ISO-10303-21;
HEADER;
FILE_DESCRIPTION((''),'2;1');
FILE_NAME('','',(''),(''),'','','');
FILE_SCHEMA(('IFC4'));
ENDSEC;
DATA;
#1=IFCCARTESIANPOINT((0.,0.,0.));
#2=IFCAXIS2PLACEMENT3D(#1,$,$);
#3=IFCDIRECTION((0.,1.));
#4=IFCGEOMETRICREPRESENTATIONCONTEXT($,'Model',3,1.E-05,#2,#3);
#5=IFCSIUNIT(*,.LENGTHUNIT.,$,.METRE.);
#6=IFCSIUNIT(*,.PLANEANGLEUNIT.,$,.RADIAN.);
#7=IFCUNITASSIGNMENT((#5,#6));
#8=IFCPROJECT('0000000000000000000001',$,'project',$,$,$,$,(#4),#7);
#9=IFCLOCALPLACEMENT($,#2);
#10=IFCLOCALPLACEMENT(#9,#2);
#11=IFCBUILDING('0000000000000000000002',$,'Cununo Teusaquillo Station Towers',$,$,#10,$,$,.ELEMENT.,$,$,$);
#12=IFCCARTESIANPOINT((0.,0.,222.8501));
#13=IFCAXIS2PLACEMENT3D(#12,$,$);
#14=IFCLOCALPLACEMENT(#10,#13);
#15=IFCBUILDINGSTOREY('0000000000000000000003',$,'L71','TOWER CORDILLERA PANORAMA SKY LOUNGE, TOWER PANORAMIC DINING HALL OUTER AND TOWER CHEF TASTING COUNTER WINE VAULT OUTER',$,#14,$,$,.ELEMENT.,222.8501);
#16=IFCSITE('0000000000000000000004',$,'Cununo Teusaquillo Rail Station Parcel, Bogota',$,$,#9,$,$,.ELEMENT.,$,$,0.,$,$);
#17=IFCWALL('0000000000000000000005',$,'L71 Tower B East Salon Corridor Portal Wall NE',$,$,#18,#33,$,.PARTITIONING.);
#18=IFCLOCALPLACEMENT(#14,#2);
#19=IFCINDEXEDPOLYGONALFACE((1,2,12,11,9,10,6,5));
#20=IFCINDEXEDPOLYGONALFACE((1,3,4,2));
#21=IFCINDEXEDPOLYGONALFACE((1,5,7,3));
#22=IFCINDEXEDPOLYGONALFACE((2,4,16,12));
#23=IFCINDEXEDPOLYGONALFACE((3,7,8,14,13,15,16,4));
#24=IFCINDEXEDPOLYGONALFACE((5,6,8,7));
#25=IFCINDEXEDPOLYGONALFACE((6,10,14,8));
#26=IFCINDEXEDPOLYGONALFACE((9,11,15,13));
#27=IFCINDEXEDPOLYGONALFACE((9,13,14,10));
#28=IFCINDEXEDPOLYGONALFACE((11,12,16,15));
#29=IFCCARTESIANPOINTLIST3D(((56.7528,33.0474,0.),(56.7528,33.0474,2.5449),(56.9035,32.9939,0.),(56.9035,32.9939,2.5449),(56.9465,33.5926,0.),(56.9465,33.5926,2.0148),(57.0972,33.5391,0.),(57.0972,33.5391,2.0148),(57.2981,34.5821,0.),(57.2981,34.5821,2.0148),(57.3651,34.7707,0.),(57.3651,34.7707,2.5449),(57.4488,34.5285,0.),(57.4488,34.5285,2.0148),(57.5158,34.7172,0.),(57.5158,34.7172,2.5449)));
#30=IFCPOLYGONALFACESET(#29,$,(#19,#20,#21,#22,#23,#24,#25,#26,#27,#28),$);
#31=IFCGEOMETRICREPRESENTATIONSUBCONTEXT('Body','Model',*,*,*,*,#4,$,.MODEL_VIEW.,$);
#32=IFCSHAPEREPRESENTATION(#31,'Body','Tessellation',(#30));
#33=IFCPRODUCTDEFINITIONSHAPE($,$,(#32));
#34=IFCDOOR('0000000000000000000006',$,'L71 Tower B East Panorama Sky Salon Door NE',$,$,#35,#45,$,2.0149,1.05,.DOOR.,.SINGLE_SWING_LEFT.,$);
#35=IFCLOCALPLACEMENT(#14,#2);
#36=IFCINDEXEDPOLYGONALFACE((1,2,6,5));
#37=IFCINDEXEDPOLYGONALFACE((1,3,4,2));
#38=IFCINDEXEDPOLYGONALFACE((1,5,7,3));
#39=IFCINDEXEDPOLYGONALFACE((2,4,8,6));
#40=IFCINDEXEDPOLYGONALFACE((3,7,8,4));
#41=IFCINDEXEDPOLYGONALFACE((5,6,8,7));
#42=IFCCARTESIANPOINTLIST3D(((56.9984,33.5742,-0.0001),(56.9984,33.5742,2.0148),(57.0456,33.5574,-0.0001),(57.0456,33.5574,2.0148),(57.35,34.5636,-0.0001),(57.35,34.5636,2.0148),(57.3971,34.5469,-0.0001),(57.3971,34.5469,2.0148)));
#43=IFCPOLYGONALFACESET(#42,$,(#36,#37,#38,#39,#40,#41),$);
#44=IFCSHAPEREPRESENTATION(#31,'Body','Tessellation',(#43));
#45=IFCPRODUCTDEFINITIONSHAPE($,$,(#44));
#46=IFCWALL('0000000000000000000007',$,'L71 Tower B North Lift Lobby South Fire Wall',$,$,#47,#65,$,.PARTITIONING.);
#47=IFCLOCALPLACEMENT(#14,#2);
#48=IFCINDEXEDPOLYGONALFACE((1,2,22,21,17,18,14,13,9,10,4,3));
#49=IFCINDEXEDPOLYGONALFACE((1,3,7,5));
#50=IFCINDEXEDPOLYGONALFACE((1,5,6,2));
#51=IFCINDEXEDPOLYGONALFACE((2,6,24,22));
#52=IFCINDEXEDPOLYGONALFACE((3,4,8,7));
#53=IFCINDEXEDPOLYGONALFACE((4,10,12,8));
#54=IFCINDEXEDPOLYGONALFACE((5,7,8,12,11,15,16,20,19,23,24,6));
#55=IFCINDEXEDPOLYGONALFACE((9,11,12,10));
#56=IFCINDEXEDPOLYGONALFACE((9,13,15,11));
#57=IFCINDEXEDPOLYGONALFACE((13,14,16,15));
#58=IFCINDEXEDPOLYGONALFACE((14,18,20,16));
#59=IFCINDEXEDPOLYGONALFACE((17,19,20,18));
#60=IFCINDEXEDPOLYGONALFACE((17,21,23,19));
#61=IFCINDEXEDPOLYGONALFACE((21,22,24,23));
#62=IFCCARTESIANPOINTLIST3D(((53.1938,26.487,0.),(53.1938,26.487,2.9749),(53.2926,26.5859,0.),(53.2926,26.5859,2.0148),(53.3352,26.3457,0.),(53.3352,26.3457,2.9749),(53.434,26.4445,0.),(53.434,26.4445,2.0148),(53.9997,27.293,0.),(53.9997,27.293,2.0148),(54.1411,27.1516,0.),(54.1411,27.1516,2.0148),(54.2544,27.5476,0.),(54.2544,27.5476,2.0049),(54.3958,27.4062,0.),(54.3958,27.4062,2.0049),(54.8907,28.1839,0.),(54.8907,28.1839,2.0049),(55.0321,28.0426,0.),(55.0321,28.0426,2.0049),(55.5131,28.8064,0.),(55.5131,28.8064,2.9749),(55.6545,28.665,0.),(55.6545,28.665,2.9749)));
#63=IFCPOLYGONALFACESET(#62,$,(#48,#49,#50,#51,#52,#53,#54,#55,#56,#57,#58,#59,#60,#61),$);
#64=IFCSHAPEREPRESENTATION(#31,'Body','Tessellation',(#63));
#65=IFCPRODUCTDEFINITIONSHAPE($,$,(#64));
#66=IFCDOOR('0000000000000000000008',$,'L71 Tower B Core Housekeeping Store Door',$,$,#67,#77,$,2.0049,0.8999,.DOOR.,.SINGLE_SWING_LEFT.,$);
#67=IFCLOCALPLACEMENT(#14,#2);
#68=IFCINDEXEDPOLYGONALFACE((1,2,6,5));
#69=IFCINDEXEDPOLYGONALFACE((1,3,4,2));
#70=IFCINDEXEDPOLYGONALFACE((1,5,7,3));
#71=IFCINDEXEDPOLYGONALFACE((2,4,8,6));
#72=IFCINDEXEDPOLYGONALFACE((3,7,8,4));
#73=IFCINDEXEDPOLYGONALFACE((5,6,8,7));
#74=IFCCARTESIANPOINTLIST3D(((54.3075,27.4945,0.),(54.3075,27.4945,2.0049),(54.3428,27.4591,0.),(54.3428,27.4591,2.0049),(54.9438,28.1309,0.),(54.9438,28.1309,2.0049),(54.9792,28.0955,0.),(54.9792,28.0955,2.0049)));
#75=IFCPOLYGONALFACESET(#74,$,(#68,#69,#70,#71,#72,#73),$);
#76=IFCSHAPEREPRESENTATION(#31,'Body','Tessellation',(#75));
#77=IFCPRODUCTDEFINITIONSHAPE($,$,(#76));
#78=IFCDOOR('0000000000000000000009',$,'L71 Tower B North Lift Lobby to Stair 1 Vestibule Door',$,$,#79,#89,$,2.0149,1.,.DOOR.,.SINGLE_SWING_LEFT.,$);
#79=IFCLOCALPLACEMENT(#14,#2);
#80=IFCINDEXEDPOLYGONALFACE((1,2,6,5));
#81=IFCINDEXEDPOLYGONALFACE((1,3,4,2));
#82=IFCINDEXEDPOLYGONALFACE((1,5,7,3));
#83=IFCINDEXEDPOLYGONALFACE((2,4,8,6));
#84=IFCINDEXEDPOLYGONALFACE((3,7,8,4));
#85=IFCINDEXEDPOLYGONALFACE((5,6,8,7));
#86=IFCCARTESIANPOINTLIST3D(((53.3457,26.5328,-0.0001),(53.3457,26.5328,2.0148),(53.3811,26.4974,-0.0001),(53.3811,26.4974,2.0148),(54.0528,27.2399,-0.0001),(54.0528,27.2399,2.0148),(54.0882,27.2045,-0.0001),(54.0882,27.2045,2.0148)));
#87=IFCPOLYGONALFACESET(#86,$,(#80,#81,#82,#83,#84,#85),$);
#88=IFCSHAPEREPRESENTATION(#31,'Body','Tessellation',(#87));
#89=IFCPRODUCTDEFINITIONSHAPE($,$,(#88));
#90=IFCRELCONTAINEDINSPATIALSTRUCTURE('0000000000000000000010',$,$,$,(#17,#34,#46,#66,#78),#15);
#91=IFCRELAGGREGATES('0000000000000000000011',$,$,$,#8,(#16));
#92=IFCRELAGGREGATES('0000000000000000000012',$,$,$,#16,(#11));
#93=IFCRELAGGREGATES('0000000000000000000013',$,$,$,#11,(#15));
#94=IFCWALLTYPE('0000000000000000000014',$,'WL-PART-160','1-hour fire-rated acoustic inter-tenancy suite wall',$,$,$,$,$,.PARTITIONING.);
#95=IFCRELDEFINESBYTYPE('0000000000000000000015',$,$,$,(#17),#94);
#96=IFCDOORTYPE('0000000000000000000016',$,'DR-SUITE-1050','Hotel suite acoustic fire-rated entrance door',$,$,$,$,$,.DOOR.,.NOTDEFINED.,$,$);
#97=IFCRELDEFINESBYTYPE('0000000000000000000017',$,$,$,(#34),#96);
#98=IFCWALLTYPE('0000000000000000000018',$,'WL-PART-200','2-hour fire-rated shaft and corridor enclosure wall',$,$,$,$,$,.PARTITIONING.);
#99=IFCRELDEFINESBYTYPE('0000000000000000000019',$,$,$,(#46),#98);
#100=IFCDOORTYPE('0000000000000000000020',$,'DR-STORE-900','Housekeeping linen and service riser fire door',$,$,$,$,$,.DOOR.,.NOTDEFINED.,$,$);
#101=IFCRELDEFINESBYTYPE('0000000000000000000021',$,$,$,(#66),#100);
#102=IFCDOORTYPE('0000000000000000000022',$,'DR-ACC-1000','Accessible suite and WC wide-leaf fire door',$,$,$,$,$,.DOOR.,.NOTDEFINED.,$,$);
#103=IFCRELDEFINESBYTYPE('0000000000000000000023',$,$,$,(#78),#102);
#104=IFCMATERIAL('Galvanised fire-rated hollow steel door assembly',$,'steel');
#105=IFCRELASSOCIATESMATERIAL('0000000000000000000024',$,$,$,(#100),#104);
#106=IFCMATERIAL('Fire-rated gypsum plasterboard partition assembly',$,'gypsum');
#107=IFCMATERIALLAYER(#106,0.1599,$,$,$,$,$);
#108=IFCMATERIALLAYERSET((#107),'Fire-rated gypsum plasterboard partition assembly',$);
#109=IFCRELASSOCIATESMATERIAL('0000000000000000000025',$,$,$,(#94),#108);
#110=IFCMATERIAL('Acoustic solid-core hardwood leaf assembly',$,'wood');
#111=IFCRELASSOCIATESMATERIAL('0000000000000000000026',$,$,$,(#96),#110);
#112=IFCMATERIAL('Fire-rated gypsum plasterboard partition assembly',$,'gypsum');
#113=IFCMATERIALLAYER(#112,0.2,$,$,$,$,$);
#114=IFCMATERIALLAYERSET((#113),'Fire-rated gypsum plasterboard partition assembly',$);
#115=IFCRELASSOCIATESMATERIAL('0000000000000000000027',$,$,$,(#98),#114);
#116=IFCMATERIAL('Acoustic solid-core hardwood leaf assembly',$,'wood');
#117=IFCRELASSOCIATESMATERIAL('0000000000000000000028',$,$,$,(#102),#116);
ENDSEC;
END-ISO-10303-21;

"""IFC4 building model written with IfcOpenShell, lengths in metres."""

from ifc_helpers import new_model, si_unit, direction, frame, frame_2d, origin, place, context, subcontext, project, spatial, rectangle, extrude, source, transform, mapped, material, layer, layer_set, type_object, element, fill, save


model = new_model("IFC4")

# Units and contexts
model_context = context("Model", 3, precision=1e-05, world=origin(), true_north=direction((0.0, 1.0)))
body_context = subcontext(model_context, "Body", "Model", "MODEL_VIEW")
ifc_project = project(units=[si_unit("LENGTHUNIT", "METRE"), si_unit("PLANEANGLEUNIT", "RADIAN")], contexts=[model_context])

# Site, building, storey
site_placement = place(None, origin())
site = spatial("IfcSite", under=ifc_project, at=site_placement, Name="Cununo Teusaquillo Rail Station Parcel, Bogota", CompositionType="ELEMENT", RefElevation=0.0)
building_placement = place(site_placement, origin())
building = spatial("IfcBuilding", under=site, at=building_placement, Name="Cununo Teusaquillo Station Towers", CompositionType="ELEMENT")
storey_placement = place(building_placement, frame((0.0, 0.0, 222.8501)))
storey = spatial("IfcBuildingStorey", under=building, at=storey_placement, Name="L71", Description="TOWER CORDILLERA PANORAMA SKY LOUNGE, TOWER PANORAMIC DINING HALL OUTER AND TOWER CHEF TASTING COUNTER WINE VAULT OUTER", CompositionType="ELEMENT", Elevation=222.8501)

# Shared definitions
ifc_material_1 = material(Name="Galvanised fire-rated hollow steel door assembly", Category="steel")
door_type_1 = type_object("IfcDoorType", Name="DR-STORE-900", Description="Housekeeping linen and service riser fire door", OperationType="NOTDEFINED", PredefinedType="DOOR", material=ifc_material_1)
shared_shape_1 = source(origin(), body_context, "Body", "SweptSolid", [
    extrude(rectangle(XDim=0.8999, YDim=2.0049, at=frame_2d((0.45, 1.0024))), frame((0.0, 0.0249, 0.0), z_axis=(0.0, -1.0, 0.0), x_axis=(1.0, 0.0, 0.0)), (0.0, 0.0, 1.0), 0.05),
])

# Shared definitions
ifc_material_2 = material(Name="Fire-rated gypsum plasterboard partition assembly", Category="gypsum")
ifc_layer_1 = layer(ifc_material_2, 0.1599)
ifc_layer_set_1 = layer_set([ifc_layer_1], Name="Fire-rated gypsum plasterboard partition assembly")
wall_type_1 = type_object("IfcWallType", Name="WL-PART-160", Description="1-hour fire-rated acoustic inter-tenancy suite wall", PredefinedType="PARTITIONING", material=ifc_layer_set_1)

# Wall, opening, door
wall_1_placement = place(storey_placement, frame((56.8281, 33.0205, 0.0), z_axis=(0.0, 0.0, 1.0), x_axis=(0.334788, 0.942293, 0.0)))
wall_1 = element("IfcWall", 1, at=wall_1_placement, inside=storey, type_object=wall_type_1, Name="L71 Tower B East Salon Corridor Portal Wall NE", PredefinedType="PARTITIONING", context=body_context, shape_type="SweptSolid", body=[
    extrude(rectangle(XDim=1.8289, YDim=0.1599, at=frame_2d((0.9146, 0.0))), origin(), (0.0, 0.0, 1.0), 2.5449),
])
shared_shape_2 = source(origin(), body_context, "Body", "SweptSolid", [
    extrude(rectangle(XDim=1.05, YDim=2.0149, at=frame_2d((0.5249, 1.0073))), frame((0.0, 0.0898, 0.0), z_axis=(0.0, -1.0, 0.0), x_axis=(1.0, 0.0, 0.0)), (0.0, 0.0, 1.0), 0.1799),
])
opening_1_placement = place(wall_1_placement, frame((0.5789, 0.0, 0.0)))
opening_1 = element("IfcOpeningElement", 2, at=opening_1_placement, cuts=wall_1, PredefinedType="OPENING", context=body_context, shape_type="MappedRepresentation", body=[
    mapped(shared_shape_2, transform((0.0, 0.0, 0.0), x_axis=(1.0, 0.0, 0.0), y_axis=(0.0, 1.0, 0.0), z_axis=(0.0, 0.0, 1.0), scale=1.0)),
])
ifc_material_3 = material(Name="Acoustic solid-core hardwood leaf assembly", Category="wood")
door_type_2 = type_object("IfcDoorType", Name="DR-SUITE-1050", Description="Hotel suite acoustic fire-rated entrance door", OperationType="NOTDEFINED", PredefinedType="DOOR", material=ifc_material_3)
shared_shape_3 = source(origin(), body_context, "Body", "SweptSolid", [
    extrude(rectangle(XDim=1.05, YDim=2.0149, at=frame_2d((0.5249, 1.0073))), frame((0.0, 0.0249, 0.0), z_axis=(0.0, -1.0, 0.0), x_axis=(1.0, 0.0, 0.0)), (0.0, 0.0, 1.0), 0.05),
])
door_1_placement = place(opening_1_placement, origin())
door_1 = element("IfcDoor", 3, at=door_1_placement, inside=storey, type_object=door_type_2, Name="L71 Tower B East Panorama Sky Salon Door NE", OperationType="SINGLE_SWING_LEFT", OverallHeight=2.0149, OverallWidth=1.05, PredefinedType="DOOR", context=body_context, shape_type="MappedRepresentation", body=[
    mapped(shared_shape_3, transform((0.0, 0.0, 0.0), x_axis=(1.0, 0.0, 0.0), y_axis=(0.0, 1.0, 0.0), z_axis=(0.0, 0.0, 1.0), scale=1.0)),
])
fill(opening_1, door_1)

# Wall, openings, doors
ifc_material_4 = material(Name="Fire-rated gypsum plasterboard partition assembly", Category="gypsum")
ifc_layer_2 = layer(ifc_material_4, 0.2)
ifc_layer_set_2 = layer_set([ifc_layer_2], Name="Fire-rated gypsum plasterboard partition assembly")
wall_type_2 = type_object("IfcWallType", Name="WL-PART-200", Description="2-hour fire-rated shaft and corridor enclosure wall", PredefinedType="PARTITIONING", material=ifc_layer_set_2)
wall_2_placement = place(storey_placement, frame((53.2644, 26.4163, 0.0), z_axis=(0.0, 0.0, 1.0), x_axis=(0.707107, 0.707107, 0.0)))
wall_2 = element("IfcWall", 4, at=wall_2_placement, inside=storey, type_object=wall_type_2, Name="L71 Tower B North Lift Lobby South Fire Wall", PredefinedType="PARTITIONING", context=body_context, shape_type="SweptSolid", body=[
    extrude(rectangle(XDim=3.28, YDim=0.2, at=frame_2d((1.6401, 0.0))), origin(), (0.0, 0.0, 1.0), 2.9749),
])
shared_shape_4 = source(origin(), body_context, "Body", "SweptSolid", [
    extrude(rectangle(XDim=1.0, YDim=2.0149, at=frame_2d((0.5, 1.0073))), frame((0.0, 0.1099, 0.0), z_axis=(0.0, -1.0, 0.0), x_axis=(1.0, 0.0, 0.0)), (0.0, 0.0, 1.0), 0.22),
])
opening_2_placement = place(wall_2_placement, frame((0.1399, 0.0, 0.0)))
opening_2 = element("IfcOpeningElement", 5, at=opening_2_placement, cuts=wall_2, PredefinedType="OPENING", context=body_context, shape_type="MappedRepresentation", body=[
    mapped(shared_shape_4, transform((0.0, 0.0, 0.0), x_axis=(1.0, 0.0, 0.0), y_axis=(0.0, 1.0, 0.0), z_axis=(0.0, 0.0, 1.0), scale=1.0)),
])
shared_shape_5 = source(origin(), body_context, "Body", "SweptSolid", [
    extrude(rectangle(XDim=0.8999, YDim=2.0049, at=frame_2d((0.45, 1.0024))), frame((0.0, 0.1099, 0.0), z_axis=(0.0, -1.0, 0.0), x_axis=(1.0, 0.0, 0.0)), (0.0, 0.0, 1.0), 0.22),
])
opening_3_placement = place(wall_2_placement, frame((1.5, 0.0, 0.0)))
opening_3 = element("IfcOpeningElement", 6, at=opening_3_placement, cuts=wall_2, PredefinedType="OPENING", context=body_context, shape_type="MappedRepresentation", body=[
    mapped(shared_shape_5, transform((0.0, 0.0, 0.0), x_axis=(1.0, 0.0, 0.0), y_axis=(0.0, 1.0, 0.0), z_axis=(0.0, 0.0, 1.0), scale=1.0)),
])
door_2_placement = place(opening_3_placement, origin())
door_2 = element("IfcDoor", 7, at=door_2_placement, inside=storey, type_object=door_type_1, Name="L71 Tower B Core Housekeeping Store Door", OperationType="SINGLE_SWING_LEFT", OverallHeight=2.0049, OverallWidth=0.8999, PredefinedType="DOOR", context=body_context, shape_type="MappedRepresentation", body=[
    mapped(shared_shape_1, transform((0.0, 0.0, 0.0), x_axis=(1.0, 0.0, 0.0), y_axis=(0.0, 1.0, 0.0), z_axis=(0.0, 0.0, 1.0), scale=1.0)),
])
fill(opening_3, door_2)
ifc_material_5 = material(Name="Acoustic solid-core hardwood leaf assembly", Category="wood")
door_type_3 = type_object("IfcDoorType", Name="DR-ACC-1000", Description="Accessible suite and WC wide-leaf fire door", OperationType="NOTDEFINED", PredefinedType="DOOR", material=ifc_material_5)
shared_shape_6 = source(origin(), body_context, "Body", "SweptSolid", [
    extrude(rectangle(XDim=1.0, YDim=2.0149, at=frame_2d((0.5, 1.0073))), frame((0.0, 0.0249, 0.0), z_axis=(0.0, -1.0, 0.0), x_axis=(1.0, 0.0, 0.0)), (0.0, 0.0, 1.0), 0.05),
])
door_3_placement = place(opening_2_placement, origin())
door_3 = element("IfcDoor", 8, at=door_3_placement, inside=storey, type_object=door_type_3, Name="L71 Tower B North Lift Lobby to Stair 1 Vestibule Door", OperationType="SINGLE_SWING_LEFT", OverallHeight=2.0149, OverallWidth=1.0, PredefinedType="DOOR", context=body_context, shape_type="MappedRepresentation", body=[
    mapped(shared_shape_6, transform((0.0, 0.0, 0.0), x_axis=(1.0, 0.0, 0.0), y_axis=(0.0, 1.0, 0.0), z_axis=(0.0, 0.0, 1.0), scale=1.0)),
])
fill(opening_2, door_3)

save(model, "model.ifc")
